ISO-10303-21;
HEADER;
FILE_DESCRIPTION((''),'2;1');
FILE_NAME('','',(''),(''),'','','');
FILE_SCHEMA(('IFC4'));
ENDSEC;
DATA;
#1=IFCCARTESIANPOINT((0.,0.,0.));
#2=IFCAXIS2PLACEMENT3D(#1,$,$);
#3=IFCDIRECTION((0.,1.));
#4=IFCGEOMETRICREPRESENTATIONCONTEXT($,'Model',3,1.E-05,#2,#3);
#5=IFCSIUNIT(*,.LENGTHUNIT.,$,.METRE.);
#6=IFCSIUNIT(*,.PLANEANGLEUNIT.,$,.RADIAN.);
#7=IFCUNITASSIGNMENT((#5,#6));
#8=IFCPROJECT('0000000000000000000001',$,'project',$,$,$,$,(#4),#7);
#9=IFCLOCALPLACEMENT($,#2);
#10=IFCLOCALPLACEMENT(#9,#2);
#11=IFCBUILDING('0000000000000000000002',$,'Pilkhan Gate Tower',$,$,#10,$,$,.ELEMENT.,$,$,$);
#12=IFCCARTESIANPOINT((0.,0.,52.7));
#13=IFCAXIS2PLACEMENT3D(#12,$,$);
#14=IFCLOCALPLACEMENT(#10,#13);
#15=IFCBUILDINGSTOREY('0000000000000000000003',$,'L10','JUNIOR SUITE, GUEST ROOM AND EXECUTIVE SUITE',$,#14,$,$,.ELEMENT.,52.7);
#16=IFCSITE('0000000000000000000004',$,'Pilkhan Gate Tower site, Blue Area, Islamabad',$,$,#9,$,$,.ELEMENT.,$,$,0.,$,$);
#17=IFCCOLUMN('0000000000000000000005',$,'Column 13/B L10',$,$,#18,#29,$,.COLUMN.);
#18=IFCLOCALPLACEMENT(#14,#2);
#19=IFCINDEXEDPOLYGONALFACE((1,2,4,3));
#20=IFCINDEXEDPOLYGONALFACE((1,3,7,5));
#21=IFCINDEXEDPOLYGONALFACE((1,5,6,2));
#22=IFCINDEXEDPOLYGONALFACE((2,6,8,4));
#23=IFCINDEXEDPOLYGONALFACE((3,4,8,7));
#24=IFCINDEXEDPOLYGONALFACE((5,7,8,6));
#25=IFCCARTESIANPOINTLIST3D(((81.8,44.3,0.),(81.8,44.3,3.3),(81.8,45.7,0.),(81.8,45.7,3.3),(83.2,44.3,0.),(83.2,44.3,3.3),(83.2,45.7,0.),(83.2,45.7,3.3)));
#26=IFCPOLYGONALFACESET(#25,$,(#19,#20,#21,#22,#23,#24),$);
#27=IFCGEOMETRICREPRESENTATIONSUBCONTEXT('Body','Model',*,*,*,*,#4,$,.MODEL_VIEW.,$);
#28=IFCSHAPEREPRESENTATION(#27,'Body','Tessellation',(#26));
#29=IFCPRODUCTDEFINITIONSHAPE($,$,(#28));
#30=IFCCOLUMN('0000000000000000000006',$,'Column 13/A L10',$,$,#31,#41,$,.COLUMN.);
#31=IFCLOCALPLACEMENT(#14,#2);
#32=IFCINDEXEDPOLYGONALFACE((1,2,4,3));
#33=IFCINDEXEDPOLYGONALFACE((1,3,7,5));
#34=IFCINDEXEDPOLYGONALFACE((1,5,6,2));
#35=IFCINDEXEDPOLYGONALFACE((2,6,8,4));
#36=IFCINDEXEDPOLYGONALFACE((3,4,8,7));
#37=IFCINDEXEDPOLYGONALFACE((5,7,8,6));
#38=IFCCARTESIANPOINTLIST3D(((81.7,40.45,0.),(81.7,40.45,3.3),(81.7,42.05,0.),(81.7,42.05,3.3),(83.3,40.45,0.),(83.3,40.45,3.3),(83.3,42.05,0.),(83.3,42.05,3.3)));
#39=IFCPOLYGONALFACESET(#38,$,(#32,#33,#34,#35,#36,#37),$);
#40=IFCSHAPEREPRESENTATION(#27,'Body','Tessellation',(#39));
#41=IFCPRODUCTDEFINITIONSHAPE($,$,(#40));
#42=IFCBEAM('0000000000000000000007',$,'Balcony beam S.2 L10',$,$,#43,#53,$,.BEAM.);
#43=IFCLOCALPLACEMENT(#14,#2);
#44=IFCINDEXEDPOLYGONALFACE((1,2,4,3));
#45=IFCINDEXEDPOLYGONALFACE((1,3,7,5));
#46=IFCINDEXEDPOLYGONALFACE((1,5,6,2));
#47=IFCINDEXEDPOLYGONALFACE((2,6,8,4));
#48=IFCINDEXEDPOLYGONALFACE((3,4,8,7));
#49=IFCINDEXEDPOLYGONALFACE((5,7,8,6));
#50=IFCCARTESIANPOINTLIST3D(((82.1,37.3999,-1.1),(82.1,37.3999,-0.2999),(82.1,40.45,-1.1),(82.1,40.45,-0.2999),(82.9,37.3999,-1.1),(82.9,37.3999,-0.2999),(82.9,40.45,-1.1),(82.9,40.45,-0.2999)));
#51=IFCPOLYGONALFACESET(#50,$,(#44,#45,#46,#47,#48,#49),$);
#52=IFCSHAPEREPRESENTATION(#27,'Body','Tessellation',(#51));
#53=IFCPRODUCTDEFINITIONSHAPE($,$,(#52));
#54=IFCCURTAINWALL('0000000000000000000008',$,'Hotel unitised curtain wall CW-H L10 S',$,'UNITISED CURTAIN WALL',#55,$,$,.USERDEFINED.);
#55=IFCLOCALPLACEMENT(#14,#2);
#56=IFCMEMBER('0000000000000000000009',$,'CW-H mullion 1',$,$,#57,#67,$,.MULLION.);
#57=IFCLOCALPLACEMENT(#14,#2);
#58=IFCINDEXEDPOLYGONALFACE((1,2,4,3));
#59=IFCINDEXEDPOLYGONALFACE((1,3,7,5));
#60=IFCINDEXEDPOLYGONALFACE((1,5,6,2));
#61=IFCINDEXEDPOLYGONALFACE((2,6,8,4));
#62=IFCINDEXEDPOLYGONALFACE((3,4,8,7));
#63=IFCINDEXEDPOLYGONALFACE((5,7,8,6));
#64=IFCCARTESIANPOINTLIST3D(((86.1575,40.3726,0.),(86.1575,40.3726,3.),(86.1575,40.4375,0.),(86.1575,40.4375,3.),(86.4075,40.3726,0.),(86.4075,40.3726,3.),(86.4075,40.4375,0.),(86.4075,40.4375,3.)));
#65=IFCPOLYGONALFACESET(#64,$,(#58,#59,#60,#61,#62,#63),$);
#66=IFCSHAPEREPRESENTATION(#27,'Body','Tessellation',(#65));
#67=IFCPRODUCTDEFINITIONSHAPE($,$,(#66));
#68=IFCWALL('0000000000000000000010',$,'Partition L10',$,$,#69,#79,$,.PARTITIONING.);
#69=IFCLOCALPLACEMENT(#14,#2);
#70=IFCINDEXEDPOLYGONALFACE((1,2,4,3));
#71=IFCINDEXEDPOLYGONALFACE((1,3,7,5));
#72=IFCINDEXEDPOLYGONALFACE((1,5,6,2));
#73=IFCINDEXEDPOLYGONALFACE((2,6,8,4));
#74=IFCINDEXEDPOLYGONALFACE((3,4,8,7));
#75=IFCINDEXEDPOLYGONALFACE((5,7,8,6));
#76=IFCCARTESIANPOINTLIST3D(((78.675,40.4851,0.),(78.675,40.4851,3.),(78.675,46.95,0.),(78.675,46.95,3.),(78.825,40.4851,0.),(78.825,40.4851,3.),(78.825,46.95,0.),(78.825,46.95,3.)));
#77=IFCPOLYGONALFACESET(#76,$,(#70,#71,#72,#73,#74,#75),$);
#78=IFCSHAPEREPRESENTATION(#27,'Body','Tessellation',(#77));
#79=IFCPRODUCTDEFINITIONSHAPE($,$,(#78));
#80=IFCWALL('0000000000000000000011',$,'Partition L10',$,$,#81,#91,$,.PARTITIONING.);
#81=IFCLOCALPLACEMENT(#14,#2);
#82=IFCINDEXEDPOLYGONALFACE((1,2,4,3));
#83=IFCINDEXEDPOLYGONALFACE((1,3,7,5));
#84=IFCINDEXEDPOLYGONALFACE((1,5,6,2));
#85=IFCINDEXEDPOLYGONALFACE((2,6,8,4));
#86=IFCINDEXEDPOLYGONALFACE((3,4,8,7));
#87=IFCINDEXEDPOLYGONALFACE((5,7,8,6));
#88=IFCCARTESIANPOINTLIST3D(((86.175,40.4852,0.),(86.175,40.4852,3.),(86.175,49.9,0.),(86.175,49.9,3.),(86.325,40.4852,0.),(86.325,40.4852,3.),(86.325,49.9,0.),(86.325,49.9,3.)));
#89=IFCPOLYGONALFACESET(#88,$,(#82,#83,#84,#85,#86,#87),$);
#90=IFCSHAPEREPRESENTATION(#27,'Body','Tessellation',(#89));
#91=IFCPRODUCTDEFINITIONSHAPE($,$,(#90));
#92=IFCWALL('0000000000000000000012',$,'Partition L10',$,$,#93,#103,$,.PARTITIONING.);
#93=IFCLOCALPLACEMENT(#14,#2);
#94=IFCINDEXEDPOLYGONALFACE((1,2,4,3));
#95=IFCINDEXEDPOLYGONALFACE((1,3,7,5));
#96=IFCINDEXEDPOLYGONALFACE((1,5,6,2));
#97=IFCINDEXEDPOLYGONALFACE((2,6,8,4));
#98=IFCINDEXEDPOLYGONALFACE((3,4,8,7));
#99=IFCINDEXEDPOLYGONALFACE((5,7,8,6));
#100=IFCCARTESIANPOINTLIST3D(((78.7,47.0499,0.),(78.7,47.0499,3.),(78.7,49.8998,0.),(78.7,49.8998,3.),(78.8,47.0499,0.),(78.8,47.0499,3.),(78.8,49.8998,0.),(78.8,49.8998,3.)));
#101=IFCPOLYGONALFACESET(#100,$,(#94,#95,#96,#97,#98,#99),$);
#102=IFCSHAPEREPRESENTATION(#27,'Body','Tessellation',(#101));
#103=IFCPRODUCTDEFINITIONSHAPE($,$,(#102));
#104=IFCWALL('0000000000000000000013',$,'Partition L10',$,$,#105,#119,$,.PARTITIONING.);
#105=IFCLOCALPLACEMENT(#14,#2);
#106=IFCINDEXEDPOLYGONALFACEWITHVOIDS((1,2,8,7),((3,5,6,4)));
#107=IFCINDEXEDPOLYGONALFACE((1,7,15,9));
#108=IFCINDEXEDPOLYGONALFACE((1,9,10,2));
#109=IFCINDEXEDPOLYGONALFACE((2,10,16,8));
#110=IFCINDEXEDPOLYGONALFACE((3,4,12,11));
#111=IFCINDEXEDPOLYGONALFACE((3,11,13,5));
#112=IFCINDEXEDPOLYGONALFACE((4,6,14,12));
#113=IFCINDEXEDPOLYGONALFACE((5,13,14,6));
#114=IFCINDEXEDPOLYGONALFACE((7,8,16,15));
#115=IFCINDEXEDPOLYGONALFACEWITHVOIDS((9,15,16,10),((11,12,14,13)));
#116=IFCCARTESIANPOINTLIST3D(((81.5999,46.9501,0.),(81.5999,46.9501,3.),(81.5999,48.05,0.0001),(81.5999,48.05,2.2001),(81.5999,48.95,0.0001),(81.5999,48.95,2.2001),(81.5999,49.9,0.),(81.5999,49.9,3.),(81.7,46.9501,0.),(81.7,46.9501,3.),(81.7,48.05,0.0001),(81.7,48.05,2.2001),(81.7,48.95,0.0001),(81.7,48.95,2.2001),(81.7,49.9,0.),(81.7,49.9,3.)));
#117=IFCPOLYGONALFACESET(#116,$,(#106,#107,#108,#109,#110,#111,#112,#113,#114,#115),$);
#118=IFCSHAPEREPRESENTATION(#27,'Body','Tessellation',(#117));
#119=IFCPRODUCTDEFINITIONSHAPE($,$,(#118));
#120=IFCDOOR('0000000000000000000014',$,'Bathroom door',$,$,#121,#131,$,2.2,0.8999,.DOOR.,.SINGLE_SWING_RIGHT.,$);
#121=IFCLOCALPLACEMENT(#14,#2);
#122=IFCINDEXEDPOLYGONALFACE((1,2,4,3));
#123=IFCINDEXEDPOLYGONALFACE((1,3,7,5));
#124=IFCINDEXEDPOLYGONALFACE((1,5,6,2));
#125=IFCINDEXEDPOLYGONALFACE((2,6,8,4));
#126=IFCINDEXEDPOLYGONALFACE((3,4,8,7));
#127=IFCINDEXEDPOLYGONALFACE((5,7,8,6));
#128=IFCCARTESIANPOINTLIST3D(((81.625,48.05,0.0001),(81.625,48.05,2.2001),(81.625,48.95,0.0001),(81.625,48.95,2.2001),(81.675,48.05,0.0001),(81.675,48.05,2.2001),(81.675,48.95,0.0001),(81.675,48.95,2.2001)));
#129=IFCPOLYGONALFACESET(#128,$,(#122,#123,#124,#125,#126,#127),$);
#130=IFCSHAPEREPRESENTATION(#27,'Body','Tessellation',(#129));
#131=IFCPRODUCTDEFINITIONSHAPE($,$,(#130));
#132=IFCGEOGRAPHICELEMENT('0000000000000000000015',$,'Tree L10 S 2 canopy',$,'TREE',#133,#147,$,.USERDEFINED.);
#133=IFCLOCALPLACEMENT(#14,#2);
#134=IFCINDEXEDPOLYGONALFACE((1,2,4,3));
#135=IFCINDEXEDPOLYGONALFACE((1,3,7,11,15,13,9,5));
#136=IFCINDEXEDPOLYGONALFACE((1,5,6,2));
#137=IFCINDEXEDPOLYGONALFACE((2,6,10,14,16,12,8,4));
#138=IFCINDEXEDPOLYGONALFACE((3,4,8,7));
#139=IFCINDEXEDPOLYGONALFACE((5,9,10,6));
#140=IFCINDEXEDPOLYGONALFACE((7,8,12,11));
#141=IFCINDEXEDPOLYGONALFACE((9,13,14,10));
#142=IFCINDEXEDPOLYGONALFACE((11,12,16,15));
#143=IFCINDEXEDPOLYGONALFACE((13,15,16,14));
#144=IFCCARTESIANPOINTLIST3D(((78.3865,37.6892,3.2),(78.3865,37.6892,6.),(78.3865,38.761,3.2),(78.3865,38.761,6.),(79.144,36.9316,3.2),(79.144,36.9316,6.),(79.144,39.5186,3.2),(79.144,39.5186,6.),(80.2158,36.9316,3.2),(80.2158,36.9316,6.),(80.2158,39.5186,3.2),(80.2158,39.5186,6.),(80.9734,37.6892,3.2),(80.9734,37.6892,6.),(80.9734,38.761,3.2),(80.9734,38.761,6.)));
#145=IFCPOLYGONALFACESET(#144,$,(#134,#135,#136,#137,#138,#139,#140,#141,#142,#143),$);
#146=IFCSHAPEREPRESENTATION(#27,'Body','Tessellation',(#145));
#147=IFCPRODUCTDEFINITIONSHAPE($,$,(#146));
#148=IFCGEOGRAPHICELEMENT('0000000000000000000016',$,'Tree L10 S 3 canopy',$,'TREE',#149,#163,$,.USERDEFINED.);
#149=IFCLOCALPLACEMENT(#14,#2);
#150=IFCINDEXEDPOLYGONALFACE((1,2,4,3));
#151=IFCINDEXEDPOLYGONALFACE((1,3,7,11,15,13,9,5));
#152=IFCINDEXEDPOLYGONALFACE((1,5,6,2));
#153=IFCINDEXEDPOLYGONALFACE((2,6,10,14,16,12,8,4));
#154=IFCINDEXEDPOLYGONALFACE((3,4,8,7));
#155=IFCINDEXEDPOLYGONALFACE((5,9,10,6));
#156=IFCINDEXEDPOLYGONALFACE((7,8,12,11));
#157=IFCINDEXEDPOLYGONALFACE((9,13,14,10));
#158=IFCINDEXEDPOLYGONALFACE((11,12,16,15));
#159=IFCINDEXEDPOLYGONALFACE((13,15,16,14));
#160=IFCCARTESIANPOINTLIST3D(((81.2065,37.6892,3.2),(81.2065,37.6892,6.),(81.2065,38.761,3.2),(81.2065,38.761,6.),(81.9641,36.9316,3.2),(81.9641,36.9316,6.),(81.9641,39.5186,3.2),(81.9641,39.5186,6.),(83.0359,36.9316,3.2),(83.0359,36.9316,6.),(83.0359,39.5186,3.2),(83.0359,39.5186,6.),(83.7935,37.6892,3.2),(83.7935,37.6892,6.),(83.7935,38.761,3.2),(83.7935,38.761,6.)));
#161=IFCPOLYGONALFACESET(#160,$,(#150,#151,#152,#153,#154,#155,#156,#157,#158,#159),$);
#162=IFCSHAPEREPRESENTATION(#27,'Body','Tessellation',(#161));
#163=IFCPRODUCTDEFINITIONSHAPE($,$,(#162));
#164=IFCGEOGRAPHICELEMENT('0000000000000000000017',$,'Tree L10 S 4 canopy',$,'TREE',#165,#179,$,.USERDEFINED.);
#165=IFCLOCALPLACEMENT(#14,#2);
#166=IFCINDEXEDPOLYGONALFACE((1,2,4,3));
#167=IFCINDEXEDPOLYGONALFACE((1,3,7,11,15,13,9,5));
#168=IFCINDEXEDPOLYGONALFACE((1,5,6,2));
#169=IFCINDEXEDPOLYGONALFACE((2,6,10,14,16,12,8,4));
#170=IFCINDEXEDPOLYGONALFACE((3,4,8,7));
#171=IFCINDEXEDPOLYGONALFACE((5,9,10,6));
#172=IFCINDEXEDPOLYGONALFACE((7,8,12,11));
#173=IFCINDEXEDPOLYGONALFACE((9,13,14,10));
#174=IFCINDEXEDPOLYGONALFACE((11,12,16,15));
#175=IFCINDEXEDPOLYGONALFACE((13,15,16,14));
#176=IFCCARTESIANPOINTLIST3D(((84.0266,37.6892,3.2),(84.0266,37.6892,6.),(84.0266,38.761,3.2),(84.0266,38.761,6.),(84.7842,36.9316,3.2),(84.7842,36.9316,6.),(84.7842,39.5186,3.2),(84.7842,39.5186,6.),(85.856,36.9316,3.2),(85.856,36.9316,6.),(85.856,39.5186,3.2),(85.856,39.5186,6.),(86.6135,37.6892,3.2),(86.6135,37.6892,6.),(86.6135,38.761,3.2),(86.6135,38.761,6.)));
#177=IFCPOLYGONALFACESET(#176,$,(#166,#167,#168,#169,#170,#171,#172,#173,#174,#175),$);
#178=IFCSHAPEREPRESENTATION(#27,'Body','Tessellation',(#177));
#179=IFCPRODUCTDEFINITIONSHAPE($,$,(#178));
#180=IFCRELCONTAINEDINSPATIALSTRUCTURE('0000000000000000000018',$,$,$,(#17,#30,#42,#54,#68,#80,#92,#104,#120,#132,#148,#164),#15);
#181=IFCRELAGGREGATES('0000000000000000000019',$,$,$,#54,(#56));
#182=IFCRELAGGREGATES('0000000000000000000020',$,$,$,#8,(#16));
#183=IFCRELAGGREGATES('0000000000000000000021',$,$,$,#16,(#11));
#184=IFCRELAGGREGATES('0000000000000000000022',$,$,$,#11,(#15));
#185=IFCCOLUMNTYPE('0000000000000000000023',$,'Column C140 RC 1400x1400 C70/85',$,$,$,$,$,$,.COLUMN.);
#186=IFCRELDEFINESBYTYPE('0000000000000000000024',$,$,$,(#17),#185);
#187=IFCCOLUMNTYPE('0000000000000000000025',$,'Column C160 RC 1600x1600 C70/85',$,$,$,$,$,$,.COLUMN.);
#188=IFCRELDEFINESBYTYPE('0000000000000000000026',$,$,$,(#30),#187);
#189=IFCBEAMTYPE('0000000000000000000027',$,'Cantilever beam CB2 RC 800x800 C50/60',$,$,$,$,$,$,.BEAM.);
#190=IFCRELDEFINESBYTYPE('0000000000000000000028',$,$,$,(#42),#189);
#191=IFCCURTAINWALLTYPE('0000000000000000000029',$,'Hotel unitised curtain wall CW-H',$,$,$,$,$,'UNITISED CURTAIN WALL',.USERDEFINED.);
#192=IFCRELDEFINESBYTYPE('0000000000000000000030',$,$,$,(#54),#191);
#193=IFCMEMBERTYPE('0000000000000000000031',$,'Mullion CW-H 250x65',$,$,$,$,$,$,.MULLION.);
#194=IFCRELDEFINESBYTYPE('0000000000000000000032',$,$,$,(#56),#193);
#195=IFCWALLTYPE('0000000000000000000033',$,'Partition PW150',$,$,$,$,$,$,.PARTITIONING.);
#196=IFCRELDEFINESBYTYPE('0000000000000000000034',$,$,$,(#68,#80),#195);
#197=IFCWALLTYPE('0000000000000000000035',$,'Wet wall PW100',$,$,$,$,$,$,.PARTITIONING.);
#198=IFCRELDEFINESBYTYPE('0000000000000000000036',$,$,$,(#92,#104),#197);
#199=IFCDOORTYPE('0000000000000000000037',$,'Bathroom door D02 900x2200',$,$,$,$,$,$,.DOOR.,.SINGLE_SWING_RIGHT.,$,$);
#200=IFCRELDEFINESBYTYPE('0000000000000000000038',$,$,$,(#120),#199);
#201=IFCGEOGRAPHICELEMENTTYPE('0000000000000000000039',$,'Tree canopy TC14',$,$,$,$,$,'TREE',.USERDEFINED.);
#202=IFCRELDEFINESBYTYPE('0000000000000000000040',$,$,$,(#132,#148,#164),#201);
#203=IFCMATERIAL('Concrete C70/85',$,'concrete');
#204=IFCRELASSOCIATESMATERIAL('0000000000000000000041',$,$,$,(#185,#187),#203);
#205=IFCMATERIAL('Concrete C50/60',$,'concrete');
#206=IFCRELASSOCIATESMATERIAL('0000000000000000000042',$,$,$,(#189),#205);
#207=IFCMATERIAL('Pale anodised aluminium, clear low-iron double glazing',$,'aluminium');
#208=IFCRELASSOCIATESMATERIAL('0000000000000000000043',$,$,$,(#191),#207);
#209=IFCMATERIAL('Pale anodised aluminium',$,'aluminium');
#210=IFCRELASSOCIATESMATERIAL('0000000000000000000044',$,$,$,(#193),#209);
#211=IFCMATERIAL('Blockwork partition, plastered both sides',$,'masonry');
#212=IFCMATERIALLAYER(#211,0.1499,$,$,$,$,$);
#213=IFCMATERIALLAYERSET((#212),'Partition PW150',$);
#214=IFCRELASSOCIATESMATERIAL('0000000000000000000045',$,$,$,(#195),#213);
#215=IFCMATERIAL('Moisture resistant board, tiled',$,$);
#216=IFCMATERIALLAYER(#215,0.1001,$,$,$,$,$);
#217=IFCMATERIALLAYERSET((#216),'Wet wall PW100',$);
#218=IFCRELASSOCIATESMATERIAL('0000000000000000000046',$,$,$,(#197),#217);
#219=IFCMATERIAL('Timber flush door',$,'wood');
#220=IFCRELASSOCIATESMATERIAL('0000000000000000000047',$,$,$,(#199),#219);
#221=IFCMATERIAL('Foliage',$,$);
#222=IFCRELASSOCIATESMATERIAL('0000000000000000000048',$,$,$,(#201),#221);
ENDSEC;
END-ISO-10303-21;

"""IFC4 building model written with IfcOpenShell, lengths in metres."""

from ifc_helpers import new_model, si_unit, direction, frame, frame_2d, origin, origin_2d, place, context, subcontext, project, spatial, polyline, rectangle, outline, extrude, material, layer, layer_set, material_profile, profile_set, type_object, element, fill, aggregate, save


model = new_model("IFC4")

# Units and contexts
model_context = context("Model", 3, precision=1e-05, world=origin(), true_north=direction((0.0, 1.0)))
body_context = subcontext(model_context, "Body", "Model", "MODEL_VIEW")
ifc_project = project(units=[si_unit("LENGTHUNIT", "METRE"), si_unit("PLANEANGLEUNIT", "RADIAN")], contexts=[model_context])

# Site, building, storey
site_placement = place(None, origin())
site = spatial("IfcSite", under=ifc_project, at=site_placement, Name="Pilkhan Gate Tower site, Blue Area, Islamabad", CompositionType="ELEMENT", RefElevation=0.0)
building_placement = place(site_placement, origin())
building = spatial("IfcBuilding", under=site, at=building_placement, Name="Pilkhan Gate Tower", CompositionType="ELEMENT")
storey_placement = place(building_placement, frame((0.0, 0.0, 52.7)))
storey = spatial("IfcBuildingStorey", under=building, at=storey_placement, Name="L10", Description="JUNIOR SUITE, GUEST ROOM AND EXECUTIVE SUITE", CompositionType="ELEMENT", Elevation=52.7)

# Columns
ifc_material_1 = material(Name="Concrete C70/85", Category="concrete")
ifc_material_profile_1 = material_profile(ifc_material_1, rectangle(XDim=1.3999, YDim=1.3999, at=origin_2d()), Name="RC 1400x1400")
ifc_profile_set_1 = profile_set([ifc_material_profile_1], Name="Concrete C70/85")
column_type_1 = type_object("IfcColumnType", Name="Column C140 RC 1400x1400 C70/85", PredefinedType="COLUMN", material=ifc_profile_set_1)
column_1_placement = place(storey_placement, frame((82.5, 45.0, 0.0), z_axis=(0.0, 0.0, 1.0), x_axis=(1.0, 0.0, 0.0)))
element("IfcColumn", 1, at=column_1_placement, inside=storey, type_object=column_type_1, Name="Column 13/B L10", PredefinedType="COLUMN", context=body_context, shape_type="SweptSolid", body=[
    extrude(rectangle(XDim=1.3999, YDim=1.3999, at=origin_2d()), origin(), (0.0, 0.0, 1.0), 3.3),
])
ifc_material_profile_2 = material_profile(ifc_material_1, rectangle(XDim=1.6001, YDim=1.6001, at=origin_2d()), Name="RC 1600x1600")
ifc_profile_set_2 = profile_set([ifc_material_profile_2], Name="Concrete C70/85")
column_type_2 = type_object("IfcColumnType", Name="Column C160 RC 1600x1600 C70/85", PredefinedType="COLUMN", material=ifc_profile_set_2)
column_2_placement = place(storey_placement, frame((82.5, 41.25, 0.0), z_axis=(0.0, 0.0, 1.0), x_axis=(1.0, 0.0, 0.0)))
element("IfcColumn", 2, at=column_2_placement, inside=storey, type_object=column_type_2, Name="Column 13/A L10", PredefinedType="COLUMN", context=body_context, shape_type="SweptSolid", body=[
    extrude(rectangle(XDim=1.6001, YDim=1.6001, at=origin_2d()), origin(), (0.0, 0.0, 1.0), 3.3),
])

# Beam
ifc_material_2 = material(Name="Concrete C50/60", Category="concrete")
ifc_material_profile_3 = material_profile(ifc_material_2, rectangle(XDim=0.8, YDim=0.8, at=origin_2d()), Name="RC 800x800")
ifc_profile_set_3 = profile_set([ifc_material_profile_3], Name="Concrete C50/60")
beam_type = type_object("IfcBeamType", Name="Cantilever beam CB2 RC 800x800 C50/60", PredefinedType="BEAM", material=ifc_profile_set_3)
beam_placement = place(storey_placement, frame((82.5, 40.45, -0.7), z_axis=(0.0, -1.0, 0.0), x_axis=(1.0, 0.0, 0.0)))
element("IfcBeam", 3, at=beam_placement, inside=storey, type_object=beam_type, Name="Balcony beam S.2 L10", PredefinedType="BEAM", context=body_context, shape_type="SweptSolid", body=[
    extrude(rectangle(XDim=0.8, YDim=0.8, at=origin_2d()), origin(), (0.0, 0.0, 1.0), 3.05),
])

# Curtain wall, member
ifc_material_3 = material(Name="Pale anodised aluminium, clear low-iron double glazing", Category="aluminium")
curtain_wall_type = type_object("IfcCurtainWallType", Name="Hotel unitised curtain wall CW-H", ElementType="UNITISED CURTAIN WALL", PredefinedType="USERDEFINED", material=ifc_material_3)
curtain_wall_placement = place(storey_placement, origin())
curtain_wall = element("IfcCurtainWall", 4, at=curtain_wall_placement, inside=storey, type_object=curtain_wall_type, Name="Hotel unitised curtain wall CW-H L10 S", ObjectType="UNITISED CURTAIN WALL", PredefinedType="USERDEFINED")
ifc_material_4 = material(Name="Pale anodised aluminium", Category="aluminium")
ifc_material_profile_4 = material_profile(ifc_material_4, rectangle(XDim=0.0649, YDim=0.25, at=origin_2d()), Name="Mullion 250x65")
ifc_profile_set_4 = profile_set([ifc_material_profile_4], Name="Pale anodised aluminium")
member_type = type_object("IfcMemberType", Name="Mullion CW-H 250x65", PredefinedType="MULLION", material=ifc_profile_set_4)
member_placement = place(storey_placement, frame((86.2825, 40.405, 0.0), z_axis=(0.0, 0.0, 1.0), x_axis=(0.0, 1.0, 0.0)))
member = element("IfcMember", 5, at=member_placement, type_object=member_type, Name="CW-H mullion 1", PredefinedType="MULLION", context=body_context, shape_type="SweptSolid", body=[
    extrude(rectangle(XDim=0.0649, YDim=0.25, at=origin_2d()), origin(), (0.0, 0.0, 1.0), 3.0),
])
aggregate(curtain_wall, [member])

# Walls
ifc_material_5 = material(Name="Blockwork partition, plastered both sides", Category="masonry")
ifc_layer_1 = layer(ifc_material_5, 0.1499)
ifc_layer_set_1 = layer_set([ifc_layer_1], Name="Partition PW150")
wall_type_1 = type_object("IfcWallType", Name="Partition PW150", PredefinedType="PARTITIONING", material=ifc_layer_set_1)
wall_1_placement = place(storey_placement, frame((78.75, 40.4851, 0.0), z_axis=(0.0, 0.0, 1.0), x_axis=(0.0, 1.0, 0.0)))
element("IfcWall", 6, at=wall_1_placement, inside=storey, type_object=wall_type_1, Name="Partition L10", PredefinedType="PARTITIONING", context=body_context, shape_type="SweptSolid", body=[
    extrude(rectangle(XDim=6.4648, YDim=0.1499, at=frame_2d((3.2324, 0.0))), origin(), (0.0, 0.0, 1.0), 3.0),
])
wall_2_placement = place(storey_placement, frame((86.25, 40.4851, 0.0), z_axis=(0.0, 0.0, 1.0), x_axis=(0.0, 1.0, 0.0)))
element("IfcWall", 7, at=wall_2_placement, inside=storey, type_object=wall_type_1, Name="Partition L10", PredefinedType="PARTITIONING", context=body_context, shape_type="SweptSolid", body=[
    extrude(rectangle(XDim=9.4148, YDim=0.1499, at=frame_2d((4.7075, 0.0))), origin(), (0.0, 0.0, 1.0), 3.0),
])
ifc_material_6 = material(Name="Moisture resistant board, tiled")
ifc_layer_2 = layer(ifc_material_6, 0.1001)
ifc_layer_set_2 = layer_set([ifc_layer_2], Name="Wet wall PW100")
wall_type_2 = type_object("IfcWallType", Name="Wet wall PW100", PredefinedType="PARTITIONING", material=ifc_layer_set_2)
wall_3_placement = place(storey_placement, frame((78.75, 47.05, 0.0), z_axis=(0.0, 0.0, 1.0), x_axis=(0.0, 1.0, 0.0)))
element("IfcWall", 8, at=wall_3_placement, inside=storey, type_object=wall_type_2, Name="Partition L10", PredefinedType="PARTITIONING", context=body_context, shape_type="SweptSolid", body=[
    extrude(rectangle(XDim=2.8499, YDim=0.1001, at=frame_2d((1.4248, 0.0))), origin(), (0.0, 0.0, 1.0), 3.0),
])

# Wall, opening, door
wall_4_placement = place(storey_placement, frame((81.6499, 46.95, 0.0), z_axis=(0.0, 0.0, 1.0), x_axis=(0.0, 1.0, 0.0)))
wall_4 = element("IfcWall", 9, at=wall_4_placement, inside=storey, type_object=wall_type_2, Name="Partition L10", PredefinedType="PARTITIONING", context=body_context, shape_type="SweptSolid", body=[
    extrude(rectangle(XDim=2.95, YDim=0.1001, at=frame_2d((1.4751, 0.0))), origin(), (0.0, 0.0, 1.0), 3.0),
])
opening_1_placement = place(wall_4_placement, frame((1.1001, 0.0, 0.0)))
opening_1 = element("IfcOpeningElement", 10, at=opening_1_placement, cuts=wall_4, PredefinedType="OPENING", context=body_context, shape_type="SweptSolid", body=[
    extrude(rectangle(XDim=0.8999, YDim=2.2, at=frame_2d((0.45, 1.1001))), frame((0.0, 0.0601, 0.0), z_axis=(0.0, -1.0, 0.0), x_axis=(1.0, 0.0, 0.0)), (0.0, 0.0, 1.0), 0.1201),
])
ifc_material_7 = material(Name="Timber flush door", Category="wood")
door_type_1 = type_object("IfcDoorType", Name="Bathroom door D02 900x2200", OperationType="SINGLE_SWING_RIGHT", PredefinedType="DOOR", material=ifc_material_7)
door_1_placement = place(opening_1_placement, origin())
door_1 = element("IfcDoor", 11, at=door_1_placement, inside=storey, type_object=door_type_1, Name="Bathroom door", OperationType="SINGLE_SWING_RIGHT", OverallHeight=2.2, OverallWidth=0.8999, PredefinedType="DOOR", context=body_context, shape_type="SweptSolid", body=[
    extrude(rectangle(XDim=0.8999, YDim=2.2, at=frame_2d((0.45, 1.1001))), frame((0.0, 0.0249, 0.0), z_axis=(0.0, -1.0, 0.0), x_axis=(1.0, 0.0, 0.0)), (0.0, 0.0, 1.0), 0.05),
])
fill(opening_1, door_1)

# Geographic elements
ifc_material_8 = material(Name="Foliage")
ifc_material_profile_5 = material_profile(ifc_material_8, outline(polyline([(1.2935, 0.5359), (0.5359, 1.2935), (-0.5359, 1.2935), (-1.2935, 0.5359), (-1.2935, -0.5359), (-0.5359, -1.2935), (0.5359, -1.2935), (1.2935, -0.5359), (1.2935, 0.5359)])), Name="Canopy D2.8")
ifc_profile_set_5 = profile_set([ifc_material_profile_5], Name="Foliage")
geographic_element_type_1 = type_object("IfcGeographicElementType", Name="Tree canopy TC14", ElementType="TREE", PredefinedType="USERDEFINED", material=ifc_profile_set_5)
for number, where, z_axis, x_axis, name in (
    (12, (79.6799, 38.2251, 3.2), (0.0, 0.0, 1.0), (1.0, 0.0, 0.0), "Tree L10 S 2 canopy"),
    (13, (82.5, 38.2251, 3.2), (0.0, 0.0, 1.0), (1.0, 0.0, 0.0), "Tree L10 S 3 canopy"),
    (14, (85.3201, 38.2251, 3.2), (0.0, 0.0, 1.0), (1.0, 0.0, 0.0), "Tree L10 S 4 canopy"),
):
    element("IfcGeographicElement", number, at=place(storey_placement, frame(where, z_axis=z_axis, x_axis=x_axis)), inside=storey, type_object=geographic_element_type_1, Name=name, ObjectType="TREE", PredefinedType="USERDEFINED", context=body_context, shape_type="SweptSolid", body=[
        extrude(outline(polyline([(1.2935, 0.5359), (0.5359, 1.2935), (-0.5359, 1.2935), (-1.2935, 0.5359), (-1.2935, -0.5359), (-0.5359, -1.2935), (0.5359, -1.2935), (1.2935, -0.5359), (1.2935, 0.5359)])), origin(), (0.0, 0.0, 1.0), 2.8),
    ])

save(model, "model.ifc")
